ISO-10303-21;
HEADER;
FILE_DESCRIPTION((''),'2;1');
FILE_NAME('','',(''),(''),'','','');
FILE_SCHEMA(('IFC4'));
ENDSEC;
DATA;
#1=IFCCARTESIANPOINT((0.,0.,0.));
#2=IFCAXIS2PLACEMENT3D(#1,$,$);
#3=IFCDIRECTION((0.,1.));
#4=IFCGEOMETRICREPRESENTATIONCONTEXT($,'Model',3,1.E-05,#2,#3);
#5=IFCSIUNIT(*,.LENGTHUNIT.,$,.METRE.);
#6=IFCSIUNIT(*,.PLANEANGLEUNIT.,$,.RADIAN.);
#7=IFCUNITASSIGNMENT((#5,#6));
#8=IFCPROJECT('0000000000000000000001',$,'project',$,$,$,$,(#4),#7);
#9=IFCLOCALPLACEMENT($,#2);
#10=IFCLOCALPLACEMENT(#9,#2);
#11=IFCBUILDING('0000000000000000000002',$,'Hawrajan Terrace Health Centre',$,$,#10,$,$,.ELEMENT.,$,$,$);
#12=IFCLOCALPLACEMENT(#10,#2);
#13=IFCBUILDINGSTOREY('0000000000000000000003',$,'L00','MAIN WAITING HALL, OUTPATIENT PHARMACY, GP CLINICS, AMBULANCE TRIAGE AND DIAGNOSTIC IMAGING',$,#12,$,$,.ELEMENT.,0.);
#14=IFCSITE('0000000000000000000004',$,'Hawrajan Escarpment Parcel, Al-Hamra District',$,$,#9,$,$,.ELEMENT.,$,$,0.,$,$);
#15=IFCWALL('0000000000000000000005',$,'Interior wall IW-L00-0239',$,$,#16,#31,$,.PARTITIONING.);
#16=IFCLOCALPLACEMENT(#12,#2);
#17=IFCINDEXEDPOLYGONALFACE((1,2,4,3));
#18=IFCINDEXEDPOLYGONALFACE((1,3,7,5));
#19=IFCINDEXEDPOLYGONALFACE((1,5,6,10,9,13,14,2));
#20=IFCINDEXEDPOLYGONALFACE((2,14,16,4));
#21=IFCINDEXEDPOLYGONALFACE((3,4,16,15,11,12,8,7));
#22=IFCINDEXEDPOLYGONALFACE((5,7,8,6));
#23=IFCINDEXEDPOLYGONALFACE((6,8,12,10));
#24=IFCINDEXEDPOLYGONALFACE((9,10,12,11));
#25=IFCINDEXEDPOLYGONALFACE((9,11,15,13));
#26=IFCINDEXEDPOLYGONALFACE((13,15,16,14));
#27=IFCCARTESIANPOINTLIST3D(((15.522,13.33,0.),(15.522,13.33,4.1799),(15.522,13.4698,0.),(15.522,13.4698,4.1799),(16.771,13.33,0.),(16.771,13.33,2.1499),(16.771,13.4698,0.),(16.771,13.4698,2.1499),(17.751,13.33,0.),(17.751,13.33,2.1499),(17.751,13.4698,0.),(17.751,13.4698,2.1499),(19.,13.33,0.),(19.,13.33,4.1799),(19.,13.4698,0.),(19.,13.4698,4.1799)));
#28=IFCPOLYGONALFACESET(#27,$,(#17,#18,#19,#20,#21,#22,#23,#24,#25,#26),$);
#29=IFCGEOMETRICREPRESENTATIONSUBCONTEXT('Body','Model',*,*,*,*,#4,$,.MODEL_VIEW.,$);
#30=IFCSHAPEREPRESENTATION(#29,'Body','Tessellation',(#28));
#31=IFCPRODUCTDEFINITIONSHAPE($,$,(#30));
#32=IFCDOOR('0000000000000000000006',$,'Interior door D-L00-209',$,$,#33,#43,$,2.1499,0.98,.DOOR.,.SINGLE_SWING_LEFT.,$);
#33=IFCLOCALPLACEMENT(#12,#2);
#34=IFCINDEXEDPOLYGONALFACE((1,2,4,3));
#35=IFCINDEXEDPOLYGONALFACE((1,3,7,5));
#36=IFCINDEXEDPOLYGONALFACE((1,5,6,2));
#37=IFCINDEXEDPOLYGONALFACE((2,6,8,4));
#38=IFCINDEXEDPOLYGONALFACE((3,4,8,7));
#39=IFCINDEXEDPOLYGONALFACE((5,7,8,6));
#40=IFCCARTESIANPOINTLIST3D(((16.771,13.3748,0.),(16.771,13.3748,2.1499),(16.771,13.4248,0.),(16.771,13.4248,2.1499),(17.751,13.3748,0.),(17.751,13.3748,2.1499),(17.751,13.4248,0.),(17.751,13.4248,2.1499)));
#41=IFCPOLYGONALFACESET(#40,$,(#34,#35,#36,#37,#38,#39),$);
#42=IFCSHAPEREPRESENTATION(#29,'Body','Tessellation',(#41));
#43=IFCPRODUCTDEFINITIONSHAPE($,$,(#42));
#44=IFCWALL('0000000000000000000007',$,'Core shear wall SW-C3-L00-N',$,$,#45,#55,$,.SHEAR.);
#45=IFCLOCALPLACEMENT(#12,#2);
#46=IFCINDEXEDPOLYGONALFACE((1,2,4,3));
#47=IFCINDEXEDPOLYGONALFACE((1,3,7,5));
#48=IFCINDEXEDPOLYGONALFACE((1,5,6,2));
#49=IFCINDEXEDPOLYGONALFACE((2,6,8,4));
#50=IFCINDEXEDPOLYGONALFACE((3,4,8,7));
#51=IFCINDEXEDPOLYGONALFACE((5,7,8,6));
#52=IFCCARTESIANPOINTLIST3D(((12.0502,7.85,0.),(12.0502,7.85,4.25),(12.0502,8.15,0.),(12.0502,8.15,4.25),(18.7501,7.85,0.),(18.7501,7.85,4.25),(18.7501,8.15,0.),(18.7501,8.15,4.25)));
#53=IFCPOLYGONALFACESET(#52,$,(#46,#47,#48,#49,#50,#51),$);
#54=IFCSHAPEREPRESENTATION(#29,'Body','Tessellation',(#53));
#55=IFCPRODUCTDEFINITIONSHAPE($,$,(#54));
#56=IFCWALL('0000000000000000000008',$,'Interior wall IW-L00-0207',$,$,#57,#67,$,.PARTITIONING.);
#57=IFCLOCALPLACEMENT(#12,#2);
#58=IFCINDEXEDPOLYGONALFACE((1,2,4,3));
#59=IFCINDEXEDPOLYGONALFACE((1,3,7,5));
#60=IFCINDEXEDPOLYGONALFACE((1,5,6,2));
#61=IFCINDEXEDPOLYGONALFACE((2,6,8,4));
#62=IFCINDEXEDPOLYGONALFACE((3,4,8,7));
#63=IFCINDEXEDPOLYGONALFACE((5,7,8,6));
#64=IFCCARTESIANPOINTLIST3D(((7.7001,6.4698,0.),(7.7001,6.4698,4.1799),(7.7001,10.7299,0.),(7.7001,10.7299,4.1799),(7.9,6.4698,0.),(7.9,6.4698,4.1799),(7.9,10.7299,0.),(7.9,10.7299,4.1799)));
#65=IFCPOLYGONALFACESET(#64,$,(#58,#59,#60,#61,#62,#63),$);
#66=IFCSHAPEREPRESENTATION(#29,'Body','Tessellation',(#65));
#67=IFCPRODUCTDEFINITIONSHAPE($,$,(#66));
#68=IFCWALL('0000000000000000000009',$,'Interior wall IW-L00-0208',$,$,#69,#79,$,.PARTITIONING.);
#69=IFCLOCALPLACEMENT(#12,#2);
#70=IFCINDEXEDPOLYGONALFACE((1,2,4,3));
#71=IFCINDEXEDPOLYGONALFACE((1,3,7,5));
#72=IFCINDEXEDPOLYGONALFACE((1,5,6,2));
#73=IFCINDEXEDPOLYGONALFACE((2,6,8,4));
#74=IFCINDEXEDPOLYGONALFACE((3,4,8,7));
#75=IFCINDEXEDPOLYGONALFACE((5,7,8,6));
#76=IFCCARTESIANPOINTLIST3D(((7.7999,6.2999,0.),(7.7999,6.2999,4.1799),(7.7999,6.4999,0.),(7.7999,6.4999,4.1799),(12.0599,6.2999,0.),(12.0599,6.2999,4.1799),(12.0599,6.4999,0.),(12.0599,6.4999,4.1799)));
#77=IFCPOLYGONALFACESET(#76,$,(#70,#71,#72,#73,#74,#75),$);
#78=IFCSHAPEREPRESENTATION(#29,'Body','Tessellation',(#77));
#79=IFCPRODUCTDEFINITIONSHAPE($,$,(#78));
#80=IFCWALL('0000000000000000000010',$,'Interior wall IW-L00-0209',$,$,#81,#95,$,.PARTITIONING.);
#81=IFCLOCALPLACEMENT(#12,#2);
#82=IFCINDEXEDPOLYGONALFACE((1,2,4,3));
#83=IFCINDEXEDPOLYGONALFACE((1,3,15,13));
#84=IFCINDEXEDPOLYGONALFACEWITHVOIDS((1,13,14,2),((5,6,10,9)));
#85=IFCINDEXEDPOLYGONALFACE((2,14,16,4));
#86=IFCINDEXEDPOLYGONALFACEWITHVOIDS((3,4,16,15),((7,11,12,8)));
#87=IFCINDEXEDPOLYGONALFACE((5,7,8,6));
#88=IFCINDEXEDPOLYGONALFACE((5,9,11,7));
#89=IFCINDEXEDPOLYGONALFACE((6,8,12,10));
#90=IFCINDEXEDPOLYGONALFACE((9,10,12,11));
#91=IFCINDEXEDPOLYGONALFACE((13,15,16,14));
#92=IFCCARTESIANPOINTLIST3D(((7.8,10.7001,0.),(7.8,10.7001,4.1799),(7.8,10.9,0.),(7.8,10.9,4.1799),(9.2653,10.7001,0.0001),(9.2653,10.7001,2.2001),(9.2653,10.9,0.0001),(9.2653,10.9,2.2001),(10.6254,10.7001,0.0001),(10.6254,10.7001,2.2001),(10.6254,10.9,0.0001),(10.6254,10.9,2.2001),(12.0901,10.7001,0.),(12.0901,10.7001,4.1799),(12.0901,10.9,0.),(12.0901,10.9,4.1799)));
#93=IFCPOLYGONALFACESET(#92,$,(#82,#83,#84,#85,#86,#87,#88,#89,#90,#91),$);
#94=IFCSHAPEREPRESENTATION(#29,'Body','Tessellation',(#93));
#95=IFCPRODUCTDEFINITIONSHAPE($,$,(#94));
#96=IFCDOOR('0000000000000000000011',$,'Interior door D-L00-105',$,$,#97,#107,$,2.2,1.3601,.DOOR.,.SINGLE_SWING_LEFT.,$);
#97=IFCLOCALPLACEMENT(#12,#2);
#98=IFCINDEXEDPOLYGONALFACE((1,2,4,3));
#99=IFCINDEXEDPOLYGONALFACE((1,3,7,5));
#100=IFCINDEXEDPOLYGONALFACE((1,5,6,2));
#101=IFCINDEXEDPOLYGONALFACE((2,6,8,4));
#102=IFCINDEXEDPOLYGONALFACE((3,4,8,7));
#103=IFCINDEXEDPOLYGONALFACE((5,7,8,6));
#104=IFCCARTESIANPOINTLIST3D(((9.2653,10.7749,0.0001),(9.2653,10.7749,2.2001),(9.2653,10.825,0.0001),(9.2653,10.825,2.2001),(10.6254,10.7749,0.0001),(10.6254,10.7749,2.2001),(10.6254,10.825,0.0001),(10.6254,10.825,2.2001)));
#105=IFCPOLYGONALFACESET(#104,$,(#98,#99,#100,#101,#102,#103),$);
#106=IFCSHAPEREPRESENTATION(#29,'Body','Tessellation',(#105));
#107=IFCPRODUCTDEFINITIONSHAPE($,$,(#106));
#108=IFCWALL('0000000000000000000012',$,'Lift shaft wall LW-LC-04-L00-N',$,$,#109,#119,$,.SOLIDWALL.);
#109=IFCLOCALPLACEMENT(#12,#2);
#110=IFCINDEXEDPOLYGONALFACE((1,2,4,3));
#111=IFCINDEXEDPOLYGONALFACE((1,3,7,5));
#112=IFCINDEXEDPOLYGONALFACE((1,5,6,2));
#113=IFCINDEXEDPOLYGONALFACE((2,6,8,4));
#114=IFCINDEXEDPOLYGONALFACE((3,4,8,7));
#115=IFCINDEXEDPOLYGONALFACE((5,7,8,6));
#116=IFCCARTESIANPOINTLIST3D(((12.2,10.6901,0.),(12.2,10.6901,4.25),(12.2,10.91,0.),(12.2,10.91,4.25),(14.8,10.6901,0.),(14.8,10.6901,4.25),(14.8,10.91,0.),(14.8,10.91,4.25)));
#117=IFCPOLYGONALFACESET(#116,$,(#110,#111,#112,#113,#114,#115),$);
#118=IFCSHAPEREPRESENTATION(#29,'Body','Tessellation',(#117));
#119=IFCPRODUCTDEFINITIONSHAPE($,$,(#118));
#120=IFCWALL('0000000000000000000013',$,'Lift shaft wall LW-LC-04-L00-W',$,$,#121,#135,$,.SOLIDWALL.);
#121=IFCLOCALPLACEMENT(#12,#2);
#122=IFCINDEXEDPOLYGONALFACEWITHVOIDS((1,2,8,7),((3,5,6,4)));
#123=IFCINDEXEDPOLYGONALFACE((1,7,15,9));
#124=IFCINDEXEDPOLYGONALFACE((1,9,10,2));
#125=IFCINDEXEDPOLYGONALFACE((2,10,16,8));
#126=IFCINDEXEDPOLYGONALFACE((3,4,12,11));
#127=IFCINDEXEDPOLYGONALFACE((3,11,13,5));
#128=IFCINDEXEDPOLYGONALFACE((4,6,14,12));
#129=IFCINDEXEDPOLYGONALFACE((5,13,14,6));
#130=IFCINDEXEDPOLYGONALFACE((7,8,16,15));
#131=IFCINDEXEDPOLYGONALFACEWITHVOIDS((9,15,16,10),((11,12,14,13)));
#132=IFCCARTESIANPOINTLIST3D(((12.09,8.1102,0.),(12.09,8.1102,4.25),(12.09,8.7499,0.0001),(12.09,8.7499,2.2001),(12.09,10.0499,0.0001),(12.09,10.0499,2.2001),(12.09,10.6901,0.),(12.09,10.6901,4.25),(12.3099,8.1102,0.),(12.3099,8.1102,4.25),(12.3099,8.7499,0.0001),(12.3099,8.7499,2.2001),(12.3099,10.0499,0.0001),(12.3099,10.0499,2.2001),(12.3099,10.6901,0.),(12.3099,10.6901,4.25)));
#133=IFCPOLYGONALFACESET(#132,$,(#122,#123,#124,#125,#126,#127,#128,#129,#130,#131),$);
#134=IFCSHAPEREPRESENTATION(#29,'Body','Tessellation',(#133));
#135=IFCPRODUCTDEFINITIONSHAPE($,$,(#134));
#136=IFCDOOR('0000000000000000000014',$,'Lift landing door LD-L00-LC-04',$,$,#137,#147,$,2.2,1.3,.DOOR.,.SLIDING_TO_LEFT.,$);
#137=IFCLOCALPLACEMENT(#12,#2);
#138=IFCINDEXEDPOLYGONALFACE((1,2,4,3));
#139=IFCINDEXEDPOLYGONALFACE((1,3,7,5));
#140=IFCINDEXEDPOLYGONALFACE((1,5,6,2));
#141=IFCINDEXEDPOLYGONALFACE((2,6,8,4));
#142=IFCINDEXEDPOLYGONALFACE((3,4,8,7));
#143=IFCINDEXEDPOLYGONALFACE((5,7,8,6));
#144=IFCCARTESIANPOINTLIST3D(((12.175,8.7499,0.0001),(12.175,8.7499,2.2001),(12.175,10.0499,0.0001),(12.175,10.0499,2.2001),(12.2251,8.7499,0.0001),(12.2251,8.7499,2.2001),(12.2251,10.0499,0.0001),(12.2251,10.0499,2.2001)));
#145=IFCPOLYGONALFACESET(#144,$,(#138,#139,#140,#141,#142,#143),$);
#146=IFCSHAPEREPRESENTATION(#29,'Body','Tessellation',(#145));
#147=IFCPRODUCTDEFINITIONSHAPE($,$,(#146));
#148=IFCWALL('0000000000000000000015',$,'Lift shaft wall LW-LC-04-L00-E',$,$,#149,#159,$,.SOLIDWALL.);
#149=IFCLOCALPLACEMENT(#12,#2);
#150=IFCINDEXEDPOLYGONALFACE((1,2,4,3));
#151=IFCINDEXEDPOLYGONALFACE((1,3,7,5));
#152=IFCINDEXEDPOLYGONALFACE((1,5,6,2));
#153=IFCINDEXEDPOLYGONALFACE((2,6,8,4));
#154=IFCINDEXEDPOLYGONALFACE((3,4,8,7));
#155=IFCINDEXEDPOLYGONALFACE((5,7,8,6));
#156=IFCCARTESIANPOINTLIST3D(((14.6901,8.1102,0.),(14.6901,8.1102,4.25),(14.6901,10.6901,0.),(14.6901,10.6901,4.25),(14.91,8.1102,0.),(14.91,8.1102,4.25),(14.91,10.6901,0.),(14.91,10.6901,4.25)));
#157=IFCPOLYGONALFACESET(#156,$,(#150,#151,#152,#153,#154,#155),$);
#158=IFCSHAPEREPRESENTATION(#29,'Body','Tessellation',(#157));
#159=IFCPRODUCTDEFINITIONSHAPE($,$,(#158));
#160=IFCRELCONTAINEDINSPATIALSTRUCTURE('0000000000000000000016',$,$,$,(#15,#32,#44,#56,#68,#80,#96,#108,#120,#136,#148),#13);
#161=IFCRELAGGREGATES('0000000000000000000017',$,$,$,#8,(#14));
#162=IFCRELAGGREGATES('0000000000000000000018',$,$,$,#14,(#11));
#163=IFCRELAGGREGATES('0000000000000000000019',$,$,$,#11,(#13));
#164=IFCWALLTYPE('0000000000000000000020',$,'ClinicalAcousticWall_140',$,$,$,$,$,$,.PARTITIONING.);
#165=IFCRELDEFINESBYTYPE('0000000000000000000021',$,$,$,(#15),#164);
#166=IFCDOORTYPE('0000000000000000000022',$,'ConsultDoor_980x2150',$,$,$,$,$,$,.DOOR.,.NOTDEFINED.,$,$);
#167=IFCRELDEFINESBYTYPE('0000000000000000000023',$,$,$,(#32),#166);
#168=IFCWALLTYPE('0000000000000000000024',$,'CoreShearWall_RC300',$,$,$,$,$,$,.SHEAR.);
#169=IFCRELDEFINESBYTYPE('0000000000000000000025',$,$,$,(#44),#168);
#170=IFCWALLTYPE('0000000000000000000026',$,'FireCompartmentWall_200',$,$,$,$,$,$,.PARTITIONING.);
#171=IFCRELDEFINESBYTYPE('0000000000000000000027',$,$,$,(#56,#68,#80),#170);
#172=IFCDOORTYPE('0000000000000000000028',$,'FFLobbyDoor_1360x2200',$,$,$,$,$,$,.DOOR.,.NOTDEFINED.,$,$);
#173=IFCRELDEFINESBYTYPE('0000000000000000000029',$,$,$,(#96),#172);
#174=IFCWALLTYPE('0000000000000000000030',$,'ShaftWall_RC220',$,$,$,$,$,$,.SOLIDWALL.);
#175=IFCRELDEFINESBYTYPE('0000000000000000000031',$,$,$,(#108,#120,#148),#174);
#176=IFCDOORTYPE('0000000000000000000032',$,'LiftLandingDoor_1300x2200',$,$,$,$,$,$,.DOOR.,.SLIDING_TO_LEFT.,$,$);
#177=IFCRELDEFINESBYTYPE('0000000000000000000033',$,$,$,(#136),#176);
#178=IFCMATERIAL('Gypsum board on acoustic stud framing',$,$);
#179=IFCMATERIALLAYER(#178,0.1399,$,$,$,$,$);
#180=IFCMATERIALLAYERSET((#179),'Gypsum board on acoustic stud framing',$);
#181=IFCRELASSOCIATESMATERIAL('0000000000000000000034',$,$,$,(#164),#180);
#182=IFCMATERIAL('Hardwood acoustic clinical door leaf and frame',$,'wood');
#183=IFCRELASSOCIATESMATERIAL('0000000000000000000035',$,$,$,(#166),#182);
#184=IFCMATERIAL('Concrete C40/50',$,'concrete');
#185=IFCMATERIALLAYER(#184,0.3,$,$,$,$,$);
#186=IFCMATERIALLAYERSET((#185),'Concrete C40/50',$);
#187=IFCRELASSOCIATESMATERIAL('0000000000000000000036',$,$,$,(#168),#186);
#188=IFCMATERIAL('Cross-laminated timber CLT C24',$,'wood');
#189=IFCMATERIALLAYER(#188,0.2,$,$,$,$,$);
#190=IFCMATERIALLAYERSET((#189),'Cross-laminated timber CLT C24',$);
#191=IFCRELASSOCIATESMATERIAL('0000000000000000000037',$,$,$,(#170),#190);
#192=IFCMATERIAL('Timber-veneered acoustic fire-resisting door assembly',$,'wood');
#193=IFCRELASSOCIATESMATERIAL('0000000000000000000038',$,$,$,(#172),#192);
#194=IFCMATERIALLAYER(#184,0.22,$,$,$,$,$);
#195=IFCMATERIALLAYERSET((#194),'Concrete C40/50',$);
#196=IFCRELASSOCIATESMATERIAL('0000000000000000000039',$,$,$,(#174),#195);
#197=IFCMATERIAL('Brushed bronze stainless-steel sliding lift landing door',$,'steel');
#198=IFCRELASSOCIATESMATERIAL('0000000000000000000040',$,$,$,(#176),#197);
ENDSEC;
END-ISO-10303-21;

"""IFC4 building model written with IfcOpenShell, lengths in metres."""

from ifc_helpers import new_model, si_unit, direction, frame, frame_2d, origin, place, context, subcontext, project, spatial, rectangle, extrude, material, layer, layer_set, type_object, element, fill, save


model = new_model("IFC4")

# Units and contexts
model_context = context("Model", 3, precision=1e-05, world=origin(), true_north=direction((0.0, 1.0)))
body_context = subcontext(model_context, "Body", "Model", "MODEL_VIEW")
ifc_project = project(units=[si_unit("LENGTHUNIT", "METRE"), si_unit("PLANEANGLEUNIT", "RADIAN")], contexts=[model_context])

# Site, building, storey
site_placement = place(None, origin())
site = spatial("IfcSite", under=ifc_project, at=site_placement, Name="Hawrajan Escarpment Parcel, Al-Hamra District", CompositionType="ELEMENT", RefElevation=0.0)
building_placement = place(site_placement, origin())
building = spatial("IfcBuilding", under=site, at=building_placement, Name="Hawrajan Terrace Health Centre", CompositionType="ELEMENT")
storey_placement = place(building_placement, origin())
storey = spatial("IfcBuildingStorey", under=building, at=storey_placement, Name="L00", Description="MAIN WAITING HALL, OUTPATIENT PHARMACY, GP CLINICS, AMBULANCE TRIAGE AND DIAGNOSTIC IMAGING", CompositionType="ELEMENT", Elevation=0.0)

# Shared definitions
ifc_material_1 = material(Name="Concrete C40/50", Category="concrete")

# Shared definitions
ifc_material_2 = material(Name="Gypsum board on acoustic stud framing")
ifc_layer_1 = layer(ifc_material_2, 0.1399)
ifc_layer_set_1 = layer_set([ifc_layer_1], Name="Gypsum board on acoustic stud framing")
wall_type_1 = type_object("IfcWallType", Name="ClinicalAcousticWall_140", PredefinedType="PARTITIONING", material=ifc_layer_set_1)
ifc_material_3 = material(Name="Hardwood acoustic clinical door leaf and frame", Category="wood")

# Wall, opening, door
wall_1_placement = place(storey_placement, frame((15.522, 13.3999, 0.0), z_axis=(0.0, 0.0, 1.0), x_axis=(1.0, 0.0, 0.0)))
wall_1 = element("IfcWall", 1, at=wall_1_placement, inside=storey, type_object=wall_type_1, Name="Interior wall IW-L00-0239", PredefinedType="PARTITIONING", context=body_context, shape_type="SweptSolid", body=[
    extrude(rectangle(XDim=3.478, YDim=0.1399, at=frame_2d((1.739, 0.0))), origin(), (0.0, 0.0, 1.0), 4.1799),
])
opening_1_placement = place(wall_1_placement, frame((1.249, 0.0, 0.0)))
opening_1 = element("IfcOpeningElement", 2, at=opening_1_placement, cuts=wall_1, PredefinedType="OPENING", context=body_context, shape_type="SweptSolid", body=[
    extrude(rectangle(XDim=0.98, YDim=2.1499, at=frame_2d((0.49, 1.075))), frame((0.0, 0.0798, 0.0), z_axis=(0.0, -1.0, 0.0), x_axis=(1.0, 0.0, 0.0)), (0.0, 0.0, 1.0), 0.1599),
])
door_type_1 = type_object("IfcDoorType", Name="ConsultDoor_980x2150", OperationType="NOTDEFINED", PredefinedType="DOOR", material=ifc_material_3)
door_1_placement = place(opening_1_placement, origin())
door_1 = element("IfcDoor", 3, at=door_1_placement, inside=storey, type_object=door_type_1, Name="Interior door D-L00-209", OperationType="SINGLE_SWING_LEFT", OverallHeight=2.1499, OverallWidth=0.98, PredefinedType="DOOR", context=body_context, shape_type="SweptSolid", body=[
    extrude(rectangle(XDim=0.98, YDim=2.1499, at=frame_2d((0.49, 1.075))), frame((0.0, 0.0249, 0.0), z_axis=(0.0, -1.0, 0.0), x_axis=(1.0, 0.0, 0.0)), (0.0, 0.0, 1.0), 0.05),
])
fill(opening_1, door_1)

# Walls
ifc_layer_2 = layer(ifc_material_1, 0.3)
ifc_layer_set_2 = layer_set([ifc_layer_2], Name="Concrete C40/50")
wall_type_2 = type_object("IfcWallType", Name="CoreShearWall_RC300", PredefinedType="SHEAR", material=ifc_layer_set_2)
wall_2_placement = place(storey_placement, frame((12.05, 8.0, 0.0), z_axis=(0.0, 0.0, 1.0), x_axis=(1.0, 0.0, 0.0)))
element("IfcWall", 4, at=wall_2_placement, inside=storey, type_object=wall_type_2, Name="Core shear wall SW-C3-L00-N", PredefinedType="SHEAR", context=body_context, shape_type="SweptSolid", body=[
    extrude(rectangle(XDim=6.7, YDim=0.3, at=frame_2d((3.3501, 0.0))), origin(), (0.0, 0.0, 1.0), 4.25),
])
ifc_material_4 = material(Name="Cross-laminated timber CLT C24", Category="wood")
ifc_layer_3 = layer(ifc_material_4, 0.2)
ifc_layer_set_3 = layer_set([ifc_layer_3], Name="Cross-laminated timber CLT C24")
wall_type_3 = type_object("IfcWallType", Name="FireCompartmentWall_200", PredefinedType="PARTITIONING", material=ifc_layer_set_3)
for number, where, z_axis, x_axis, name in (
    (5, (7.8, 6.47, 0.0), (0.0, 0.0, 1.0), (0.0, 1.0, 0.0), "Interior wall IW-L00-0207"),
    (6, (7.8, 6.3999, 0.0), (0.0, 0.0, 1.0), (1.0, 0.0, 0.0), "Interior wall IW-L00-0208"),
):
    element("IfcWall", number, at=place(storey_placement, frame(where, z_axis=z_axis, x_axis=x_axis)), inside=storey, type_object=wall_type_3, Name=name, PredefinedType="PARTITIONING", context=body_context, shape_type="SweptSolid", body=[
        extrude(rectangle(XDim=4.26, YDim=0.2, at=frame_2d((2.1299, 0.0))), origin(), (0.0, 0.0, 1.0), 4.1799),
    ])

# Wall, opening, door
wall_3_placement = place(storey_placement, frame((7.8, 10.8, 0.0), z_axis=(0.0, 0.0, 1.0), x_axis=(1.0, 0.0, 0.0)))
wall_3 = element("IfcWall", 7, at=wall_3_placement, inside=storey, type_object=wall_type_3, Name="Interior wall IW-L00-0209", PredefinedType="PARTITIONING", context=body_context, shape_type="SweptSolid", body=[
    extrude(rectangle(XDim=4.29, YDim=0.2, at=frame_2d((2.145, 0.0))), origin(), (0.0, 0.0, 1.0), 4.1799),
])
opening_2_placement = place(wall_3_placement, frame((1.4651, 0.0, 0.0)))
opening_2 = element("IfcOpeningElement", 8, at=opening_2_placement, cuts=wall_3, PredefinedType="OPENING", context=body_context, shape_type="SweptSolid", body=[
    extrude(rectangle(XDim=1.3601, YDim=2.2, at=frame_2d((0.6802, 1.1001))), frame((0.0, 0.1099, 0.0), z_axis=(0.0, -1.0, 0.0), x_axis=(1.0, 0.0, 0.0)), (0.0, 0.0, 1.0), 0.22),
])
ifc_material_5 = material(Name="Timber-veneered acoustic fire-resisting door assembly", Category="wood")
door_type_2 = type_object("IfcDoorType", Name="FFLobbyDoor_1360x2200", OperationType="NOTDEFINED", PredefinedType="DOOR", material=ifc_material_5)
door_2_placement = place(opening_2_placement, origin())
door_2 = element("IfcDoor", 9, at=door_2_placement, inside=storey, type_object=door_type_2, Name="Interior door D-L00-105", OperationType="SINGLE_SWING_LEFT", OverallHeight=2.2, OverallWidth=1.3601, PredefinedType="DOOR", context=body_context, shape_type="SweptSolid", body=[
    extrude(rectangle(XDim=1.3601, YDim=2.2, at=frame_2d((0.6802, 1.1001))), frame((0.0, 0.0249, 0.0), z_axis=(0.0, -1.0, 0.0), x_axis=(1.0, 0.0, 0.0)), (0.0, 0.0, 1.0), 0.05),
])
fill(opening_2, door_2)

# Wall
ifc_layer_4 = layer(ifc_material_1, 0.22)
ifc_layer_set_4 = layer_set([ifc_layer_4], Name="Concrete C40/50")
wall_type_4 = type_object("IfcWallType", Name="ShaftWall_RC220", PredefinedType="SOLIDWALL", material=ifc_layer_set_4)
wall_4_placement = place(storey_placement, frame((12.2, 10.8, 0.0), z_axis=(0.0, 0.0, 1.0), x_axis=(1.0, 0.0, 0.0)))
element("IfcWall", 10, at=wall_4_placement, inside=storey, type_object=wall_type_4, Name="Lift shaft wall LW-LC-04-L00-N", PredefinedType="SOLIDWALL", context=body_context, shape_type="SweptSolid", body=[
    extrude(rectangle(XDim=2.6001, YDim=0.22, at=frame_2d((1.3, 0.0))), origin(), (0.0, 0.0, 1.0), 4.25),
])

# Wall, opening, door
wall_5_placement = place(storey_placement, frame((12.2, 8.1101, 0.0), z_axis=(0.0, 0.0, 1.0), x_axis=(0.0, 1.0, 0.0)))
wall_5 = element("IfcWall", 11, at=wall_5_placement, inside=storey, type_object=wall_type_4, Name="Lift shaft wall LW-LC-04-L00-W", PredefinedType="SOLIDWALL", context=body_context, shape_type="SweptSolid", body=[
    extrude(rectangle(XDim=2.5798, YDim=0.22, at=frame_2d((1.29, 0.0))), origin(), (0.0, 0.0, 1.0), 4.25),
])
opening_3_placement = place(wall_5_placement, frame((0.6399, 0.0, 0.0)))
opening_3 = element("IfcOpeningElement", 12, at=opening_3_placement, cuts=wall_5, PredefinedType="OPENING", context=body_context, shape_type="SweptSolid", body=[
    extrude(rectangle(XDim=1.3, YDim=2.2, at=frame_2d((0.6499, 1.1001))), frame((0.0, 0.1199, 0.0), z_axis=(0.0, -1.0, 0.0), x_axis=(1.0, 0.0, 0.0)), (0.0, 0.0, 1.0), 0.24),
])
ifc_material_6 = material(Name="Brushed bronze stainless-steel sliding lift landing door", Category="steel")
door_type_3 = type_object("IfcDoorType", Name="LiftLandingDoor_1300x2200", OperationType="SLIDING_TO_LEFT", PredefinedType="DOOR", material=ifc_material_6)
door_3_placement = place(opening_3_placement, origin())
door_3 = element("IfcDoor", 13, at=door_3_placement, inside=storey, type_object=door_type_3, Name="Lift landing door LD-L00-LC-04", OperationType="SLIDING_TO_LEFT", OverallHeight=2.2, OverallWidth=1.3, PredefinedType="DOOR", context=body_context, shape_type="SweptSolid", body=[
    extrude(rectangle(XDim=1.3, YDim=2.2, at=frame_2d((0.6499, 1.1001))), frame((0.0, 0.0249, 0.0), z_axis=(0.0, -1.0, 0.0), x_axis=(1.0, 0.0, 0.0)), (0.0, 0.0, 1.0), 0.05),
])
fill(opening_3, door_3)

# Wall
wall_6_placement = place(storey_placement, frame((14.8, 8.1101, 0.0), z_axis=(0.0, 0.0, 1.0), x_axis=(0.0, 1.0, 0.0)))
element("IfcWall", 14, at=wall_6_placement, inside=storey, type_object=wall_type_4, Name="Lift shaft wall LW-LC-04-L00-E", PredefinedType="SOLIDWALL", context=body_context, shape_type="SweptSolid", body=[
    extrude(rectangle(XDim=2.5798, YDim=0.22, at=frame_2d((1.29, 0.0))), origin(), (0.0, 0.0, 1.0), 4.25),
])

save(model, "model.ifc")
